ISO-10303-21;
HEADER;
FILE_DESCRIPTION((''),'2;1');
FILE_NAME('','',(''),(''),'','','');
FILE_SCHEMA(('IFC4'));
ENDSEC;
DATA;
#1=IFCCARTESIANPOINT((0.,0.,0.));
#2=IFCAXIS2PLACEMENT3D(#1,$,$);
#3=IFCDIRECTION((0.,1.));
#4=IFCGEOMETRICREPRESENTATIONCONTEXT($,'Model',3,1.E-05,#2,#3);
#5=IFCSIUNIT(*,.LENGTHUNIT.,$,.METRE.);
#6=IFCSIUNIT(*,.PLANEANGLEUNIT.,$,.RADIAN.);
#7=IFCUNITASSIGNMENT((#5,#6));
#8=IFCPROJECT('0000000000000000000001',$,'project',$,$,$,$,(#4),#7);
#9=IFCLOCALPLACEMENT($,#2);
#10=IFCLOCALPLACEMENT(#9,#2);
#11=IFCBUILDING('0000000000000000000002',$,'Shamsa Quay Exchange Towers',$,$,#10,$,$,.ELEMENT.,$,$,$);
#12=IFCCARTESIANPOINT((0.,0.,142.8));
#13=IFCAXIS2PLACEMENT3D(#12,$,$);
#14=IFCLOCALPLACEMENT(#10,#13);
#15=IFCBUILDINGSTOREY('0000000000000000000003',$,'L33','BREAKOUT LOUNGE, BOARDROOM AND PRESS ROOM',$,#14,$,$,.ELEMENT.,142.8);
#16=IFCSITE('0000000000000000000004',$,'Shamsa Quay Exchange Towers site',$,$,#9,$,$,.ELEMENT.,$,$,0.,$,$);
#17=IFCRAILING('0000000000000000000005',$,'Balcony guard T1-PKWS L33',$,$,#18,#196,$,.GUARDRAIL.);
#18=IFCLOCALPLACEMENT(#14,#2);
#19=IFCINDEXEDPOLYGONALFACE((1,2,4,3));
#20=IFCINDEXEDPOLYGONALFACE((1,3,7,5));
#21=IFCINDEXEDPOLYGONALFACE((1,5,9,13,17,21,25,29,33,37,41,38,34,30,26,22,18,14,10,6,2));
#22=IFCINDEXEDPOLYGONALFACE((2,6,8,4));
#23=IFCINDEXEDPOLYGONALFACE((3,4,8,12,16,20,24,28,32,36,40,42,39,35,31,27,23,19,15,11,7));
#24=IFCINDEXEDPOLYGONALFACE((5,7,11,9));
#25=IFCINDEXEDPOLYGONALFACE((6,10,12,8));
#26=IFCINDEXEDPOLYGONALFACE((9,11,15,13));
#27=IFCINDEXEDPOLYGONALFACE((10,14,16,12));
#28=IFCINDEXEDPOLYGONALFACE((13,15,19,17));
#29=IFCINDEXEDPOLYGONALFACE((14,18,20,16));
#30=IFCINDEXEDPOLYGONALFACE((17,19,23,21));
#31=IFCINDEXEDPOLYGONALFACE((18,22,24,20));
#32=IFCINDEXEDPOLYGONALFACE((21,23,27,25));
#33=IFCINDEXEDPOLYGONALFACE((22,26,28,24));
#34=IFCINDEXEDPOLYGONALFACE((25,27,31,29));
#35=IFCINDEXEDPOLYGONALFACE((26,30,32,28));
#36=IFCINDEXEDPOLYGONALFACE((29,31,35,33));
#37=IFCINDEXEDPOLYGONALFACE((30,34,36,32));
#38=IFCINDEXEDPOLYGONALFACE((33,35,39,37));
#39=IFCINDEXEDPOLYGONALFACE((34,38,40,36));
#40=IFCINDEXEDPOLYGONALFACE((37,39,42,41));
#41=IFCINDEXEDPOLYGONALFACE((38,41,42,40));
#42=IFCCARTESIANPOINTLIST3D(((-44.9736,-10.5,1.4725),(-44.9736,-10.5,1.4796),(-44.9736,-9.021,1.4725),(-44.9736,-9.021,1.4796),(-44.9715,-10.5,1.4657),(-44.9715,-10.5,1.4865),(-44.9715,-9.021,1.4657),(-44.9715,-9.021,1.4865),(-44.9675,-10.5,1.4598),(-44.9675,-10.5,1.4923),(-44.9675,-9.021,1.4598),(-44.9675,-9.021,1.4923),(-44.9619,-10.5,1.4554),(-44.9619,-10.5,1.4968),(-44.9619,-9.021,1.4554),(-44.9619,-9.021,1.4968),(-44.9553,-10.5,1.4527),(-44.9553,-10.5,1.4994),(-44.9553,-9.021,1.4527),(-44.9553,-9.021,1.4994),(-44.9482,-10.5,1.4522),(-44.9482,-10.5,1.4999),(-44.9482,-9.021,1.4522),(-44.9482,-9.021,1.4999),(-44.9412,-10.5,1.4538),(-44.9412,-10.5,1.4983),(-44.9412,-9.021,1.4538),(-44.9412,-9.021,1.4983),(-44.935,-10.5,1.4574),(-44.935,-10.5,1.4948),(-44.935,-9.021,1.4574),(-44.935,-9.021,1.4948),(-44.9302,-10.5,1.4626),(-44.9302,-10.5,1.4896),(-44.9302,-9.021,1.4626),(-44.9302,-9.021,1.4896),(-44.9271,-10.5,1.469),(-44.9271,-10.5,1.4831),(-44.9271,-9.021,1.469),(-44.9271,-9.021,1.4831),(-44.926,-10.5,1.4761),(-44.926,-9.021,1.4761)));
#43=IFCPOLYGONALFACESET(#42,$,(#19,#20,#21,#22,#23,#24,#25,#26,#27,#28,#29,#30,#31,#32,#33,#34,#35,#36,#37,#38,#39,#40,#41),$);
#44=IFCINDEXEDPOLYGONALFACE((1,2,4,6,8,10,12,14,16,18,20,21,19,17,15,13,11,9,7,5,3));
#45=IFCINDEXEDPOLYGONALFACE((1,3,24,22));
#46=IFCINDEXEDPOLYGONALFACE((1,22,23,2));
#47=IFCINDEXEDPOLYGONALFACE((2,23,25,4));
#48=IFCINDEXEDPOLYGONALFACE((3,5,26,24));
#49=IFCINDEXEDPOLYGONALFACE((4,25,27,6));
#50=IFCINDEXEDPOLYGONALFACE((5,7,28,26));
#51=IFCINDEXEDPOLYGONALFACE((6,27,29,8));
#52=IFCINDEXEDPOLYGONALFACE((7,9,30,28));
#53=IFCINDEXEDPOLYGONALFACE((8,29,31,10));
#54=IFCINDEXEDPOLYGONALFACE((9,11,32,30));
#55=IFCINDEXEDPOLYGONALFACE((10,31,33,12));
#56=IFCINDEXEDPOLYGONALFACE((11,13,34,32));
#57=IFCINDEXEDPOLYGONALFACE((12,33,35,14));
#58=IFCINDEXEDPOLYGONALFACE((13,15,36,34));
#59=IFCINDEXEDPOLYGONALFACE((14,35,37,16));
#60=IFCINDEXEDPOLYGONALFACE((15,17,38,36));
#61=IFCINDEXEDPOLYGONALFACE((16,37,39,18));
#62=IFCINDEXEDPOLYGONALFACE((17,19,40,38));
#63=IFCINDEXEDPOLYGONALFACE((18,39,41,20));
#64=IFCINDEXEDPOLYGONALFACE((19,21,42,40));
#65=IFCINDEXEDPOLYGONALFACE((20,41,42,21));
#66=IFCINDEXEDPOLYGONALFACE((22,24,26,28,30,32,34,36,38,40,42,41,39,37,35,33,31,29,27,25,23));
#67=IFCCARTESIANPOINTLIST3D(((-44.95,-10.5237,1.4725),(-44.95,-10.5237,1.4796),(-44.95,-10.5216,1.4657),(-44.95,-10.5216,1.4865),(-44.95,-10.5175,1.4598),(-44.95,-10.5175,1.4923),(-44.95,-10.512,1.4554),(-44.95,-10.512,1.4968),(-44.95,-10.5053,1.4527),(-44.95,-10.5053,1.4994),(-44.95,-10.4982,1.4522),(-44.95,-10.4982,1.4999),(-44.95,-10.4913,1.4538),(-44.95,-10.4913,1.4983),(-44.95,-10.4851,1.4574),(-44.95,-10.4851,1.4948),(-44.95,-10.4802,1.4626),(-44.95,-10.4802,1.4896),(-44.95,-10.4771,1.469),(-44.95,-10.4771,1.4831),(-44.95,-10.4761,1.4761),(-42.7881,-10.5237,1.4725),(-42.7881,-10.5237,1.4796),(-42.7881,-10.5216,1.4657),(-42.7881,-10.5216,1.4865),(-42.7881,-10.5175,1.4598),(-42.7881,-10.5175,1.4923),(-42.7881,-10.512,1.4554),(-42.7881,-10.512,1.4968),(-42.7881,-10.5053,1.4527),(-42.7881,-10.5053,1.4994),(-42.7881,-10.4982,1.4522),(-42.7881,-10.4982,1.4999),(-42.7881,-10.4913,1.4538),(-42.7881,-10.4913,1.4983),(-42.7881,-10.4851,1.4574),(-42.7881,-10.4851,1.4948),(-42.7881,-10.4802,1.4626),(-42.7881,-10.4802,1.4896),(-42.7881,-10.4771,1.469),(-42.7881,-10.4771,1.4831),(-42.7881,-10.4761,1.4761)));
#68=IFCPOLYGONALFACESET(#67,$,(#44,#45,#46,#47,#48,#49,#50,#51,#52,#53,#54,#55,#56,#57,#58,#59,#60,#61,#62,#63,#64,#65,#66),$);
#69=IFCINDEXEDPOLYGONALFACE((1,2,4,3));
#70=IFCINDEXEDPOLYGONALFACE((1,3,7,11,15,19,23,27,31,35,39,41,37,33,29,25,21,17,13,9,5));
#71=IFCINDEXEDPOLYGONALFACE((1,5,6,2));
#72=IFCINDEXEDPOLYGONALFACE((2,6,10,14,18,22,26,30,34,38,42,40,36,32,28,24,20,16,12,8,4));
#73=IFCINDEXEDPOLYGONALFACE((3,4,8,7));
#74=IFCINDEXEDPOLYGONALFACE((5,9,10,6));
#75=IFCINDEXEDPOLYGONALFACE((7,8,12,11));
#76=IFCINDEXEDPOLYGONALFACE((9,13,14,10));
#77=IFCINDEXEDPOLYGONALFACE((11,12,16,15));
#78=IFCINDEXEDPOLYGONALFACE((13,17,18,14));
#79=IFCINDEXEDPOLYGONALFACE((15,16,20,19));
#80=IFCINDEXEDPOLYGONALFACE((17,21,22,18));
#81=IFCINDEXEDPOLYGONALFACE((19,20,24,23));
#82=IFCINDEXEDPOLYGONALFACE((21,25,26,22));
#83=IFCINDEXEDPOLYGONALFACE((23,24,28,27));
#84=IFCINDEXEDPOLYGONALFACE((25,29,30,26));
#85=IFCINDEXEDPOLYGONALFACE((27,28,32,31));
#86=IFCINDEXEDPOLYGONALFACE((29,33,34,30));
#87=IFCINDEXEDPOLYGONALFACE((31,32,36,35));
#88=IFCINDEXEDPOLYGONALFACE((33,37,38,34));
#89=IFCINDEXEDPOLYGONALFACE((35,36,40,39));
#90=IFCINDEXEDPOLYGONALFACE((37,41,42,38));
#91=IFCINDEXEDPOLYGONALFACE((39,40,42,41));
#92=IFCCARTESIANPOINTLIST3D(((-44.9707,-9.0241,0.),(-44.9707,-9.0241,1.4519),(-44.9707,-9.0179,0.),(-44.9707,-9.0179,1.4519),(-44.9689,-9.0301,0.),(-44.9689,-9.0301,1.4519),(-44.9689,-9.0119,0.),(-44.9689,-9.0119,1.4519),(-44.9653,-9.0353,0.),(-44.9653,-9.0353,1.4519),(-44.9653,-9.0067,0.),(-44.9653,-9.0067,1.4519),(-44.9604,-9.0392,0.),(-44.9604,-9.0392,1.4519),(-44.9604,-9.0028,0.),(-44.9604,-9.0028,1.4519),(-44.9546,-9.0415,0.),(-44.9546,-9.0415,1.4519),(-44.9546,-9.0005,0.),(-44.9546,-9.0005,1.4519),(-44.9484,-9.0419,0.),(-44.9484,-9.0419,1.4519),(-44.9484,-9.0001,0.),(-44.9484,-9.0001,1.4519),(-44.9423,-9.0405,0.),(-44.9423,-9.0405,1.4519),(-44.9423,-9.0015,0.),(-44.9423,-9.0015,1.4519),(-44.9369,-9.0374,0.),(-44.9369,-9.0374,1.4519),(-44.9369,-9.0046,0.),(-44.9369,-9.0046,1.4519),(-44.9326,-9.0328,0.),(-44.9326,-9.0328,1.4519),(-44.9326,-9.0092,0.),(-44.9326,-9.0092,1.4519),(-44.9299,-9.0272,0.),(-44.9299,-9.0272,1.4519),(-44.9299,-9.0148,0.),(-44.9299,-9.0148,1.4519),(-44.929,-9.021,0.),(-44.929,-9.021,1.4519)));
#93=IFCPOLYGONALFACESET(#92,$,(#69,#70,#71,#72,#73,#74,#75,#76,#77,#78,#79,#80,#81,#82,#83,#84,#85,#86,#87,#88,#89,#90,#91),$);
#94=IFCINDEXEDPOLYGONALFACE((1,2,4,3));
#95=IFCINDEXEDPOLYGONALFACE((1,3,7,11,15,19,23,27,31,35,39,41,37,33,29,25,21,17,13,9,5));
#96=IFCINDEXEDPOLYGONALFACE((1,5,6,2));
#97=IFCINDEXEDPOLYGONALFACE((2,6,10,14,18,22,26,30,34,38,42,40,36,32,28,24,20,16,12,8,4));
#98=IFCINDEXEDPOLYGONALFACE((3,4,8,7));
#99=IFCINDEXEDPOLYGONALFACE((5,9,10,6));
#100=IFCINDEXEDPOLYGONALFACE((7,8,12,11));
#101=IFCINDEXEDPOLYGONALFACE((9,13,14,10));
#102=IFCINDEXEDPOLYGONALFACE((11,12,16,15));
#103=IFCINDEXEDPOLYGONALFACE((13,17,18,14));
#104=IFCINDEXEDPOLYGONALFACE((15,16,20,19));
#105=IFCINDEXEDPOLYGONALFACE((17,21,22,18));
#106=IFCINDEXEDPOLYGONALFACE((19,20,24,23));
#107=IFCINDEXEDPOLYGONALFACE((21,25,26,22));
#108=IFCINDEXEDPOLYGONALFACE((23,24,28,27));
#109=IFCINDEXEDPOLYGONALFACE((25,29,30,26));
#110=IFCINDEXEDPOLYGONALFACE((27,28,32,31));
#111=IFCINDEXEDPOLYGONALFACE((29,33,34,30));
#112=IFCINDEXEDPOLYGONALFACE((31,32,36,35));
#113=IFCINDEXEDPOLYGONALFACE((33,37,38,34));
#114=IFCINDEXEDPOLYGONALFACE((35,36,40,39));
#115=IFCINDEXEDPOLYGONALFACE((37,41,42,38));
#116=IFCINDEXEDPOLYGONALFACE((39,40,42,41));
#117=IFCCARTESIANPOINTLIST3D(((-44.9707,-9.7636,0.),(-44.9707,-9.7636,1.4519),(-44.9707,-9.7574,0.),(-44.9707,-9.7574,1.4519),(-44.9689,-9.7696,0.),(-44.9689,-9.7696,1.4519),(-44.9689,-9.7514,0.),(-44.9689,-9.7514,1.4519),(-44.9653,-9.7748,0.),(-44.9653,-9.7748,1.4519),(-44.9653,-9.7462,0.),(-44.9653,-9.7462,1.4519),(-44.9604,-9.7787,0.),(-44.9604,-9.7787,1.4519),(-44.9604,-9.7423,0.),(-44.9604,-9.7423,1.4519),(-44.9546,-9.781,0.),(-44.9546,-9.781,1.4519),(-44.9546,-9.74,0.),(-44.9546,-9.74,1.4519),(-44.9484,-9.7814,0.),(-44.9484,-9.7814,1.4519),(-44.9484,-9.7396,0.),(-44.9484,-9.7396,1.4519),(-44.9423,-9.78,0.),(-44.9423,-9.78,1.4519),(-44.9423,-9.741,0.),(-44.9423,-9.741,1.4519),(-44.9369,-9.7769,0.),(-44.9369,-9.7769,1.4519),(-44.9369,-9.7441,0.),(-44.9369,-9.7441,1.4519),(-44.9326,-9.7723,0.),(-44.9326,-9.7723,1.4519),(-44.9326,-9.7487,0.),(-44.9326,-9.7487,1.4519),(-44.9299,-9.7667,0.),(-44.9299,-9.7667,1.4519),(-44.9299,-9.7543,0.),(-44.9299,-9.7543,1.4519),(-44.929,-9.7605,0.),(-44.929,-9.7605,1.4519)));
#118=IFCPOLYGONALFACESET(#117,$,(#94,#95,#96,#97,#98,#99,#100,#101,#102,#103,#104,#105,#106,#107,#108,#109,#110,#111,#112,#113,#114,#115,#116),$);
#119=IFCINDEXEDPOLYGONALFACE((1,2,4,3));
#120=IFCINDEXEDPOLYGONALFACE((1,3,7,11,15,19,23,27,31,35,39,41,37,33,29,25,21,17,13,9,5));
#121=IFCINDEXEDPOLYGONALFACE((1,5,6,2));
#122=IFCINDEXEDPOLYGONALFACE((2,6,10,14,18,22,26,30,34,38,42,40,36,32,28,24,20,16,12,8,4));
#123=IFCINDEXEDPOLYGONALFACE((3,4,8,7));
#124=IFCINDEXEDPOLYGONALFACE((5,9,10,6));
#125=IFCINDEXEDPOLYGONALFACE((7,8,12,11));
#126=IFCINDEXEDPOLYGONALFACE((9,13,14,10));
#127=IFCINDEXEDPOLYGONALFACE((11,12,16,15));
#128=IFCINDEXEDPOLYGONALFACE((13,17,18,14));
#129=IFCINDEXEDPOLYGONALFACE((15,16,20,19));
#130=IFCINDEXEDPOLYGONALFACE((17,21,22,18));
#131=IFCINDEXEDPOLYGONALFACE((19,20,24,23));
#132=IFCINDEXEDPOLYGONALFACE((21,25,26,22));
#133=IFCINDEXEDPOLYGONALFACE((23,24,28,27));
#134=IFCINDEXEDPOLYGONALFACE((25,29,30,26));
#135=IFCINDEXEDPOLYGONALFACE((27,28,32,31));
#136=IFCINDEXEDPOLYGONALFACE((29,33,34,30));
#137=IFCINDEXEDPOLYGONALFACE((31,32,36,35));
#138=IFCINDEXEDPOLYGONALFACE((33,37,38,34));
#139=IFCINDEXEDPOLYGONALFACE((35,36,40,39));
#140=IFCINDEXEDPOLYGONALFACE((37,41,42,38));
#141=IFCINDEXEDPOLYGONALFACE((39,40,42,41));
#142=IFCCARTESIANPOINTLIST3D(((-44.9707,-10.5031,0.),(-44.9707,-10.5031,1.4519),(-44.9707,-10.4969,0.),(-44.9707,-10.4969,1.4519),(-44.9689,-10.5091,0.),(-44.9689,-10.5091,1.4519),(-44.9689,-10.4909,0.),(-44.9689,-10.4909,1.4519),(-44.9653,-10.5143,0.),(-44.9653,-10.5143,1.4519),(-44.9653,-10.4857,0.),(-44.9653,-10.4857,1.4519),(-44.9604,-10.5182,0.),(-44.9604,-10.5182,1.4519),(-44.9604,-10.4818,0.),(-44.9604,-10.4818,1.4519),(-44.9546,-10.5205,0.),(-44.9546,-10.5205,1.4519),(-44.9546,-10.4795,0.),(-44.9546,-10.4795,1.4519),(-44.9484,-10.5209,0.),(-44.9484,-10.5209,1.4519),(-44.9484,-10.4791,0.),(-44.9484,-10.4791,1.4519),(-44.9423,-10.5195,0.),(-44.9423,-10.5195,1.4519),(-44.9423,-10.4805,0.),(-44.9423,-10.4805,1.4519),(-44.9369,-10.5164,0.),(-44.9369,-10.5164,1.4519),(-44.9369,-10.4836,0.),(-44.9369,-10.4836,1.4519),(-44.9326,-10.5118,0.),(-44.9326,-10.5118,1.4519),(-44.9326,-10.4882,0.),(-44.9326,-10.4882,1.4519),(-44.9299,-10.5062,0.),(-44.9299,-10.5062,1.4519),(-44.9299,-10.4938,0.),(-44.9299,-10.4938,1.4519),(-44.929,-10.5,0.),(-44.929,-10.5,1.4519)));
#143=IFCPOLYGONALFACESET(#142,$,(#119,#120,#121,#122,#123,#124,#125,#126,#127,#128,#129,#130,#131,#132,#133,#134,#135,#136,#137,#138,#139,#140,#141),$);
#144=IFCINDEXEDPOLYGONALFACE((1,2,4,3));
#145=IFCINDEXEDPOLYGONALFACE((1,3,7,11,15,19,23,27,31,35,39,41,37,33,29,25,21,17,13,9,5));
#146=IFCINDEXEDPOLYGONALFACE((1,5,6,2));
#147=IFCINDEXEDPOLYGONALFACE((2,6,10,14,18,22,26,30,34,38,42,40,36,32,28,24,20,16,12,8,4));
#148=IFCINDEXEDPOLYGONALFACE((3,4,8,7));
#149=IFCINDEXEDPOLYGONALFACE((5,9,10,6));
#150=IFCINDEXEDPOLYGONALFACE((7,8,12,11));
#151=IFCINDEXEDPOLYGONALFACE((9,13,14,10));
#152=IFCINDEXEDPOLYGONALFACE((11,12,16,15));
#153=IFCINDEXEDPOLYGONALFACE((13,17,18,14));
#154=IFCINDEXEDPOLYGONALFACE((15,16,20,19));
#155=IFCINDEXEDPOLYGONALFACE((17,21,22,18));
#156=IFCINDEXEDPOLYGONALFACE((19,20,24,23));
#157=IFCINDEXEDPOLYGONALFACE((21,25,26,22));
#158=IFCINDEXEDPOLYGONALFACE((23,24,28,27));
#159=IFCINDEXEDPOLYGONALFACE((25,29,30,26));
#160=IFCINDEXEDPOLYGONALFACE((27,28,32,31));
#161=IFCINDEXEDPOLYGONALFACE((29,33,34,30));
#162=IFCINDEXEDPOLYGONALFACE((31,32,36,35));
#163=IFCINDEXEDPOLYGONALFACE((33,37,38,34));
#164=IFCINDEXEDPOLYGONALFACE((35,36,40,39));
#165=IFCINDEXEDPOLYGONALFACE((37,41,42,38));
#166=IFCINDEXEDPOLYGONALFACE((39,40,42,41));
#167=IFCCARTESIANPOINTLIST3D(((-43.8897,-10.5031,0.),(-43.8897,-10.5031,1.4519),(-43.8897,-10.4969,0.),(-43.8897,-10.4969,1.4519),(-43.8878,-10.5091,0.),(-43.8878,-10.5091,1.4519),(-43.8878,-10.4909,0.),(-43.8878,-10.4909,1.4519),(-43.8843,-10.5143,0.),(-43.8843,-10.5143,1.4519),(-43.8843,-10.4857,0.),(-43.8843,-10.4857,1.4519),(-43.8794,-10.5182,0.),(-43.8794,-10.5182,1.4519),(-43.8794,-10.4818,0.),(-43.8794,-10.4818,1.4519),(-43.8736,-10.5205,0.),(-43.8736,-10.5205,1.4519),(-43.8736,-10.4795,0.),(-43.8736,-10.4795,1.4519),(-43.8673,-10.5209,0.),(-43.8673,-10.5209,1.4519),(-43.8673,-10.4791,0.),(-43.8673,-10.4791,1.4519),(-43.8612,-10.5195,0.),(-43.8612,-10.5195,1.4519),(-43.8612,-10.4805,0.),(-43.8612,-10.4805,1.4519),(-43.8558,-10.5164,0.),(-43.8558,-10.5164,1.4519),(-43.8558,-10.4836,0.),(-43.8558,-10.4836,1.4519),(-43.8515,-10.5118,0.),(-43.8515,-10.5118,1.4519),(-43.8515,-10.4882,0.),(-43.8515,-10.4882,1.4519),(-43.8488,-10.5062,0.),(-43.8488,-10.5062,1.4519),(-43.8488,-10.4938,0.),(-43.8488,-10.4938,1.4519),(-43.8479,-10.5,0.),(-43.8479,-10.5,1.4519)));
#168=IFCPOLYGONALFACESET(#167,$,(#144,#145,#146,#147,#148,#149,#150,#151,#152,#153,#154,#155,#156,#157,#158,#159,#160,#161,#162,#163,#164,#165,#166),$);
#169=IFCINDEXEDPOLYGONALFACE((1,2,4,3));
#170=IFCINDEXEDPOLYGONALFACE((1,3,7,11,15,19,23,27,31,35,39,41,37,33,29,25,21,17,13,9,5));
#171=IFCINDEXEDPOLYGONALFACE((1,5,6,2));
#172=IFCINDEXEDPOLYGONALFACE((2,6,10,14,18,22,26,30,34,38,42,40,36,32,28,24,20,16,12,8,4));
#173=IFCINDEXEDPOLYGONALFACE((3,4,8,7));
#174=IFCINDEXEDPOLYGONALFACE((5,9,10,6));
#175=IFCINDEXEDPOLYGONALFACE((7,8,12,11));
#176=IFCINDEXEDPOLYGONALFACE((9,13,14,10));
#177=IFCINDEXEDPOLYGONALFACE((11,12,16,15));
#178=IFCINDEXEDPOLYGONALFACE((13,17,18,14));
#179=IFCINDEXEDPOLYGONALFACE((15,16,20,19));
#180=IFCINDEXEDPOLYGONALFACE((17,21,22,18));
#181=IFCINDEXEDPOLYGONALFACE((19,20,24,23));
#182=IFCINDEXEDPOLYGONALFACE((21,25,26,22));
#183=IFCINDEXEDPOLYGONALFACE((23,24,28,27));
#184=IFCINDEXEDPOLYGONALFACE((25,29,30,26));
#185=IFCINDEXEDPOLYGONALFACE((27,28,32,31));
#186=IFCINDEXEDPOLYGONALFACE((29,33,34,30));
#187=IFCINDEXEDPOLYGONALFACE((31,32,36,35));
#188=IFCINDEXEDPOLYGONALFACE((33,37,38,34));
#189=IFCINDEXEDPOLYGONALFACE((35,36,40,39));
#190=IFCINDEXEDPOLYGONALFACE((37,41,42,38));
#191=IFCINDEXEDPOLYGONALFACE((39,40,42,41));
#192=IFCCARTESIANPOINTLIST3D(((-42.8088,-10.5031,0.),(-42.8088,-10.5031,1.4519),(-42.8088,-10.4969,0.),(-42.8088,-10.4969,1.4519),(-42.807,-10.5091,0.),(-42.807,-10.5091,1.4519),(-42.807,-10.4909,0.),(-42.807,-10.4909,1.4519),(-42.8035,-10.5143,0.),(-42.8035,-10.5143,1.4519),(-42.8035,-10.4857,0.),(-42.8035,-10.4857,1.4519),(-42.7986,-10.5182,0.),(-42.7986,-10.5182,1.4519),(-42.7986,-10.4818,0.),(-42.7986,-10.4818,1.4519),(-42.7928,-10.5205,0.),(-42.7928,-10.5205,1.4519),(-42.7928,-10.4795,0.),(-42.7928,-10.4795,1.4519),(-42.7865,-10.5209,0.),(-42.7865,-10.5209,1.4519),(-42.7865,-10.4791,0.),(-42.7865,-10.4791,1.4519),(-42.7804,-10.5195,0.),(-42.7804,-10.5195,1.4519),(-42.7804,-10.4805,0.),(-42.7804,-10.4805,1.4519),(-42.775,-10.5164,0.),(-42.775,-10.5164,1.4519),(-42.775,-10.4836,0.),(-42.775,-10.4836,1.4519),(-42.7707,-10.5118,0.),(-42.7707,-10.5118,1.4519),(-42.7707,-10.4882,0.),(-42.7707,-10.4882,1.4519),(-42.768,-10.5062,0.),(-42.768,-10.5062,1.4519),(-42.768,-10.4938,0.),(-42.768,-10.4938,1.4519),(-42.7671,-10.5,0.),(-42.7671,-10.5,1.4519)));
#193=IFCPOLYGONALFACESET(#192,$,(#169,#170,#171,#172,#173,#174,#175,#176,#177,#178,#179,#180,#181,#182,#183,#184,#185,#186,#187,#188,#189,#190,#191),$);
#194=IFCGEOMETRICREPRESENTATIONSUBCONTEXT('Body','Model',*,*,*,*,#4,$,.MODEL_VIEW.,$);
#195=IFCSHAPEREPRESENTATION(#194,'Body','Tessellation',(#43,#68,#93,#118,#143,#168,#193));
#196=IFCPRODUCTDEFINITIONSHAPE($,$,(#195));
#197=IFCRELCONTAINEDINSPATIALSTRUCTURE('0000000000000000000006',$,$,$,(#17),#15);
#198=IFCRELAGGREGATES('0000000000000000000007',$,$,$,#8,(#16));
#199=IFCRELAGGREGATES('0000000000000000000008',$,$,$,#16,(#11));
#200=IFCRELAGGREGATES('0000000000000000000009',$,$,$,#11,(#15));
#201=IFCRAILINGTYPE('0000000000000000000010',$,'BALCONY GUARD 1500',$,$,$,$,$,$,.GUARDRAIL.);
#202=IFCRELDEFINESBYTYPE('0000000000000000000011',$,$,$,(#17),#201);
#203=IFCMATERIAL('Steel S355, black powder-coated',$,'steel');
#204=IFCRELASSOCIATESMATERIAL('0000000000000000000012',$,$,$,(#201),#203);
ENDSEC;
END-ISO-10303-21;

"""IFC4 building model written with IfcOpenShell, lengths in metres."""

from ifc_helpers import new_model, si_unit, direction, frame, origin, origin_2d, place, context, subcontext, project, spatial, circle, extrude, material, type_object, element, save


model = new_model("IFC4")

# Units and contexts
model_context = context("Model", 3, precision=1e-05, world=origin(), true_north=direction((0.0, 1.0)))
body_context = subcontext(model_context, "Body", "Model", "MODEL_VIEW")
ifc_project = project(units=[si_unit("LENGTHUNIT", "METRE"), si_unit("PLANEANGLEUNIT", "RADIAN")], contexts=[model_context])

# Site, building, storey
site_placement = place(None, origin())
site = spatial("IfcSite", under=ifc_project, at=site_placement, Name="Shamsa Quay Exchange Towers site", CompositionType="ELEMENT", RefElevation=0.0)
building_placement = place(site_placement, origin())
building = spatial("IfcBuilding", under=site, at=building_placement, Name="Shamsa Quay Exchange Towers", CompositionType="ELEMENT")
storey_placement = place(building_placement, frame((0.0, 0.0, 142.8)))
storey = spatial("IfcBuildingStorey", under=building, at=storey_placement, Name="L33", Description="BREAKOUT LOUNGE, BOARDROOM AND PRESS ROOM", CompositionType="ELEMENT", Elevation=142.8)

# Railing
ifc_material_1 = material(Name="Steel S355, black powder-coated", Category="steel")
railing_type_1 = type_object("IfcRailingType", Name="BALCONY GUARD 1500", PredefinedType="GUARDRAIL", material=ifc_material_1)
for number, where, name in (
    (1, (-44.95, -9.021, 0.0), "Balcony guard T1-PKWS L33"),
):
    element("IfcRailing", number, at=place(storey_placement, frame(where)), inside=storey, type_object=railing_type_1, Name=name, PredefinedType="GUARDRAIL", context=body_context, shape_type="SweptSolid", body=[
        extrude(circle(Radius=0.0239, at=origin_2d()), frame((0.0, 0.0, 1.4761), z_axis=(0.0, -1.0, 0.0), x_axis=(1.0, 0.0, 0.0)), (0.0, 0.0, 1.0), 1.479),
        extrude(circle(Radius=0.0239, at=origin_2d()), frame((0.0, -1.479, 1.4761), z_axis=(1.0, 0.0, 0.0), x_axis=(0.0, 1.0, 0.0)), (0.0, 0.0, 1.0), 2.1619),
        extrude(circle(Radius=0.021, at=origin_2d()), origin(), (0.0, 0.0, 1.0), 1.4519),
        extrude(circle(Radius=0.021, at=origin_2d()), frame((0.0, -0.7395, 0.0)), (0.0, 0.0, 1.0), 1.4519),
        extrude(circle(Radius=0.021, at=origin_2d()), frame((0.0, -1.479, 0.0)), (0.0, 0.0, 1.0), 1.4519),
        extrude(circle(Radius=0.021, at=origin_2d()), frame((1.0811, -1.479, 0.0)), (0.0, 0.0, 1.0), 1.4519),
        extrude(circle(Radius=0.021, at=origin_2d()), frame((2.1619, -1.479, 0.0)), (0.0, 0.0, 1.0), 1.4519),
    ])

save(model, "model.ifc")
